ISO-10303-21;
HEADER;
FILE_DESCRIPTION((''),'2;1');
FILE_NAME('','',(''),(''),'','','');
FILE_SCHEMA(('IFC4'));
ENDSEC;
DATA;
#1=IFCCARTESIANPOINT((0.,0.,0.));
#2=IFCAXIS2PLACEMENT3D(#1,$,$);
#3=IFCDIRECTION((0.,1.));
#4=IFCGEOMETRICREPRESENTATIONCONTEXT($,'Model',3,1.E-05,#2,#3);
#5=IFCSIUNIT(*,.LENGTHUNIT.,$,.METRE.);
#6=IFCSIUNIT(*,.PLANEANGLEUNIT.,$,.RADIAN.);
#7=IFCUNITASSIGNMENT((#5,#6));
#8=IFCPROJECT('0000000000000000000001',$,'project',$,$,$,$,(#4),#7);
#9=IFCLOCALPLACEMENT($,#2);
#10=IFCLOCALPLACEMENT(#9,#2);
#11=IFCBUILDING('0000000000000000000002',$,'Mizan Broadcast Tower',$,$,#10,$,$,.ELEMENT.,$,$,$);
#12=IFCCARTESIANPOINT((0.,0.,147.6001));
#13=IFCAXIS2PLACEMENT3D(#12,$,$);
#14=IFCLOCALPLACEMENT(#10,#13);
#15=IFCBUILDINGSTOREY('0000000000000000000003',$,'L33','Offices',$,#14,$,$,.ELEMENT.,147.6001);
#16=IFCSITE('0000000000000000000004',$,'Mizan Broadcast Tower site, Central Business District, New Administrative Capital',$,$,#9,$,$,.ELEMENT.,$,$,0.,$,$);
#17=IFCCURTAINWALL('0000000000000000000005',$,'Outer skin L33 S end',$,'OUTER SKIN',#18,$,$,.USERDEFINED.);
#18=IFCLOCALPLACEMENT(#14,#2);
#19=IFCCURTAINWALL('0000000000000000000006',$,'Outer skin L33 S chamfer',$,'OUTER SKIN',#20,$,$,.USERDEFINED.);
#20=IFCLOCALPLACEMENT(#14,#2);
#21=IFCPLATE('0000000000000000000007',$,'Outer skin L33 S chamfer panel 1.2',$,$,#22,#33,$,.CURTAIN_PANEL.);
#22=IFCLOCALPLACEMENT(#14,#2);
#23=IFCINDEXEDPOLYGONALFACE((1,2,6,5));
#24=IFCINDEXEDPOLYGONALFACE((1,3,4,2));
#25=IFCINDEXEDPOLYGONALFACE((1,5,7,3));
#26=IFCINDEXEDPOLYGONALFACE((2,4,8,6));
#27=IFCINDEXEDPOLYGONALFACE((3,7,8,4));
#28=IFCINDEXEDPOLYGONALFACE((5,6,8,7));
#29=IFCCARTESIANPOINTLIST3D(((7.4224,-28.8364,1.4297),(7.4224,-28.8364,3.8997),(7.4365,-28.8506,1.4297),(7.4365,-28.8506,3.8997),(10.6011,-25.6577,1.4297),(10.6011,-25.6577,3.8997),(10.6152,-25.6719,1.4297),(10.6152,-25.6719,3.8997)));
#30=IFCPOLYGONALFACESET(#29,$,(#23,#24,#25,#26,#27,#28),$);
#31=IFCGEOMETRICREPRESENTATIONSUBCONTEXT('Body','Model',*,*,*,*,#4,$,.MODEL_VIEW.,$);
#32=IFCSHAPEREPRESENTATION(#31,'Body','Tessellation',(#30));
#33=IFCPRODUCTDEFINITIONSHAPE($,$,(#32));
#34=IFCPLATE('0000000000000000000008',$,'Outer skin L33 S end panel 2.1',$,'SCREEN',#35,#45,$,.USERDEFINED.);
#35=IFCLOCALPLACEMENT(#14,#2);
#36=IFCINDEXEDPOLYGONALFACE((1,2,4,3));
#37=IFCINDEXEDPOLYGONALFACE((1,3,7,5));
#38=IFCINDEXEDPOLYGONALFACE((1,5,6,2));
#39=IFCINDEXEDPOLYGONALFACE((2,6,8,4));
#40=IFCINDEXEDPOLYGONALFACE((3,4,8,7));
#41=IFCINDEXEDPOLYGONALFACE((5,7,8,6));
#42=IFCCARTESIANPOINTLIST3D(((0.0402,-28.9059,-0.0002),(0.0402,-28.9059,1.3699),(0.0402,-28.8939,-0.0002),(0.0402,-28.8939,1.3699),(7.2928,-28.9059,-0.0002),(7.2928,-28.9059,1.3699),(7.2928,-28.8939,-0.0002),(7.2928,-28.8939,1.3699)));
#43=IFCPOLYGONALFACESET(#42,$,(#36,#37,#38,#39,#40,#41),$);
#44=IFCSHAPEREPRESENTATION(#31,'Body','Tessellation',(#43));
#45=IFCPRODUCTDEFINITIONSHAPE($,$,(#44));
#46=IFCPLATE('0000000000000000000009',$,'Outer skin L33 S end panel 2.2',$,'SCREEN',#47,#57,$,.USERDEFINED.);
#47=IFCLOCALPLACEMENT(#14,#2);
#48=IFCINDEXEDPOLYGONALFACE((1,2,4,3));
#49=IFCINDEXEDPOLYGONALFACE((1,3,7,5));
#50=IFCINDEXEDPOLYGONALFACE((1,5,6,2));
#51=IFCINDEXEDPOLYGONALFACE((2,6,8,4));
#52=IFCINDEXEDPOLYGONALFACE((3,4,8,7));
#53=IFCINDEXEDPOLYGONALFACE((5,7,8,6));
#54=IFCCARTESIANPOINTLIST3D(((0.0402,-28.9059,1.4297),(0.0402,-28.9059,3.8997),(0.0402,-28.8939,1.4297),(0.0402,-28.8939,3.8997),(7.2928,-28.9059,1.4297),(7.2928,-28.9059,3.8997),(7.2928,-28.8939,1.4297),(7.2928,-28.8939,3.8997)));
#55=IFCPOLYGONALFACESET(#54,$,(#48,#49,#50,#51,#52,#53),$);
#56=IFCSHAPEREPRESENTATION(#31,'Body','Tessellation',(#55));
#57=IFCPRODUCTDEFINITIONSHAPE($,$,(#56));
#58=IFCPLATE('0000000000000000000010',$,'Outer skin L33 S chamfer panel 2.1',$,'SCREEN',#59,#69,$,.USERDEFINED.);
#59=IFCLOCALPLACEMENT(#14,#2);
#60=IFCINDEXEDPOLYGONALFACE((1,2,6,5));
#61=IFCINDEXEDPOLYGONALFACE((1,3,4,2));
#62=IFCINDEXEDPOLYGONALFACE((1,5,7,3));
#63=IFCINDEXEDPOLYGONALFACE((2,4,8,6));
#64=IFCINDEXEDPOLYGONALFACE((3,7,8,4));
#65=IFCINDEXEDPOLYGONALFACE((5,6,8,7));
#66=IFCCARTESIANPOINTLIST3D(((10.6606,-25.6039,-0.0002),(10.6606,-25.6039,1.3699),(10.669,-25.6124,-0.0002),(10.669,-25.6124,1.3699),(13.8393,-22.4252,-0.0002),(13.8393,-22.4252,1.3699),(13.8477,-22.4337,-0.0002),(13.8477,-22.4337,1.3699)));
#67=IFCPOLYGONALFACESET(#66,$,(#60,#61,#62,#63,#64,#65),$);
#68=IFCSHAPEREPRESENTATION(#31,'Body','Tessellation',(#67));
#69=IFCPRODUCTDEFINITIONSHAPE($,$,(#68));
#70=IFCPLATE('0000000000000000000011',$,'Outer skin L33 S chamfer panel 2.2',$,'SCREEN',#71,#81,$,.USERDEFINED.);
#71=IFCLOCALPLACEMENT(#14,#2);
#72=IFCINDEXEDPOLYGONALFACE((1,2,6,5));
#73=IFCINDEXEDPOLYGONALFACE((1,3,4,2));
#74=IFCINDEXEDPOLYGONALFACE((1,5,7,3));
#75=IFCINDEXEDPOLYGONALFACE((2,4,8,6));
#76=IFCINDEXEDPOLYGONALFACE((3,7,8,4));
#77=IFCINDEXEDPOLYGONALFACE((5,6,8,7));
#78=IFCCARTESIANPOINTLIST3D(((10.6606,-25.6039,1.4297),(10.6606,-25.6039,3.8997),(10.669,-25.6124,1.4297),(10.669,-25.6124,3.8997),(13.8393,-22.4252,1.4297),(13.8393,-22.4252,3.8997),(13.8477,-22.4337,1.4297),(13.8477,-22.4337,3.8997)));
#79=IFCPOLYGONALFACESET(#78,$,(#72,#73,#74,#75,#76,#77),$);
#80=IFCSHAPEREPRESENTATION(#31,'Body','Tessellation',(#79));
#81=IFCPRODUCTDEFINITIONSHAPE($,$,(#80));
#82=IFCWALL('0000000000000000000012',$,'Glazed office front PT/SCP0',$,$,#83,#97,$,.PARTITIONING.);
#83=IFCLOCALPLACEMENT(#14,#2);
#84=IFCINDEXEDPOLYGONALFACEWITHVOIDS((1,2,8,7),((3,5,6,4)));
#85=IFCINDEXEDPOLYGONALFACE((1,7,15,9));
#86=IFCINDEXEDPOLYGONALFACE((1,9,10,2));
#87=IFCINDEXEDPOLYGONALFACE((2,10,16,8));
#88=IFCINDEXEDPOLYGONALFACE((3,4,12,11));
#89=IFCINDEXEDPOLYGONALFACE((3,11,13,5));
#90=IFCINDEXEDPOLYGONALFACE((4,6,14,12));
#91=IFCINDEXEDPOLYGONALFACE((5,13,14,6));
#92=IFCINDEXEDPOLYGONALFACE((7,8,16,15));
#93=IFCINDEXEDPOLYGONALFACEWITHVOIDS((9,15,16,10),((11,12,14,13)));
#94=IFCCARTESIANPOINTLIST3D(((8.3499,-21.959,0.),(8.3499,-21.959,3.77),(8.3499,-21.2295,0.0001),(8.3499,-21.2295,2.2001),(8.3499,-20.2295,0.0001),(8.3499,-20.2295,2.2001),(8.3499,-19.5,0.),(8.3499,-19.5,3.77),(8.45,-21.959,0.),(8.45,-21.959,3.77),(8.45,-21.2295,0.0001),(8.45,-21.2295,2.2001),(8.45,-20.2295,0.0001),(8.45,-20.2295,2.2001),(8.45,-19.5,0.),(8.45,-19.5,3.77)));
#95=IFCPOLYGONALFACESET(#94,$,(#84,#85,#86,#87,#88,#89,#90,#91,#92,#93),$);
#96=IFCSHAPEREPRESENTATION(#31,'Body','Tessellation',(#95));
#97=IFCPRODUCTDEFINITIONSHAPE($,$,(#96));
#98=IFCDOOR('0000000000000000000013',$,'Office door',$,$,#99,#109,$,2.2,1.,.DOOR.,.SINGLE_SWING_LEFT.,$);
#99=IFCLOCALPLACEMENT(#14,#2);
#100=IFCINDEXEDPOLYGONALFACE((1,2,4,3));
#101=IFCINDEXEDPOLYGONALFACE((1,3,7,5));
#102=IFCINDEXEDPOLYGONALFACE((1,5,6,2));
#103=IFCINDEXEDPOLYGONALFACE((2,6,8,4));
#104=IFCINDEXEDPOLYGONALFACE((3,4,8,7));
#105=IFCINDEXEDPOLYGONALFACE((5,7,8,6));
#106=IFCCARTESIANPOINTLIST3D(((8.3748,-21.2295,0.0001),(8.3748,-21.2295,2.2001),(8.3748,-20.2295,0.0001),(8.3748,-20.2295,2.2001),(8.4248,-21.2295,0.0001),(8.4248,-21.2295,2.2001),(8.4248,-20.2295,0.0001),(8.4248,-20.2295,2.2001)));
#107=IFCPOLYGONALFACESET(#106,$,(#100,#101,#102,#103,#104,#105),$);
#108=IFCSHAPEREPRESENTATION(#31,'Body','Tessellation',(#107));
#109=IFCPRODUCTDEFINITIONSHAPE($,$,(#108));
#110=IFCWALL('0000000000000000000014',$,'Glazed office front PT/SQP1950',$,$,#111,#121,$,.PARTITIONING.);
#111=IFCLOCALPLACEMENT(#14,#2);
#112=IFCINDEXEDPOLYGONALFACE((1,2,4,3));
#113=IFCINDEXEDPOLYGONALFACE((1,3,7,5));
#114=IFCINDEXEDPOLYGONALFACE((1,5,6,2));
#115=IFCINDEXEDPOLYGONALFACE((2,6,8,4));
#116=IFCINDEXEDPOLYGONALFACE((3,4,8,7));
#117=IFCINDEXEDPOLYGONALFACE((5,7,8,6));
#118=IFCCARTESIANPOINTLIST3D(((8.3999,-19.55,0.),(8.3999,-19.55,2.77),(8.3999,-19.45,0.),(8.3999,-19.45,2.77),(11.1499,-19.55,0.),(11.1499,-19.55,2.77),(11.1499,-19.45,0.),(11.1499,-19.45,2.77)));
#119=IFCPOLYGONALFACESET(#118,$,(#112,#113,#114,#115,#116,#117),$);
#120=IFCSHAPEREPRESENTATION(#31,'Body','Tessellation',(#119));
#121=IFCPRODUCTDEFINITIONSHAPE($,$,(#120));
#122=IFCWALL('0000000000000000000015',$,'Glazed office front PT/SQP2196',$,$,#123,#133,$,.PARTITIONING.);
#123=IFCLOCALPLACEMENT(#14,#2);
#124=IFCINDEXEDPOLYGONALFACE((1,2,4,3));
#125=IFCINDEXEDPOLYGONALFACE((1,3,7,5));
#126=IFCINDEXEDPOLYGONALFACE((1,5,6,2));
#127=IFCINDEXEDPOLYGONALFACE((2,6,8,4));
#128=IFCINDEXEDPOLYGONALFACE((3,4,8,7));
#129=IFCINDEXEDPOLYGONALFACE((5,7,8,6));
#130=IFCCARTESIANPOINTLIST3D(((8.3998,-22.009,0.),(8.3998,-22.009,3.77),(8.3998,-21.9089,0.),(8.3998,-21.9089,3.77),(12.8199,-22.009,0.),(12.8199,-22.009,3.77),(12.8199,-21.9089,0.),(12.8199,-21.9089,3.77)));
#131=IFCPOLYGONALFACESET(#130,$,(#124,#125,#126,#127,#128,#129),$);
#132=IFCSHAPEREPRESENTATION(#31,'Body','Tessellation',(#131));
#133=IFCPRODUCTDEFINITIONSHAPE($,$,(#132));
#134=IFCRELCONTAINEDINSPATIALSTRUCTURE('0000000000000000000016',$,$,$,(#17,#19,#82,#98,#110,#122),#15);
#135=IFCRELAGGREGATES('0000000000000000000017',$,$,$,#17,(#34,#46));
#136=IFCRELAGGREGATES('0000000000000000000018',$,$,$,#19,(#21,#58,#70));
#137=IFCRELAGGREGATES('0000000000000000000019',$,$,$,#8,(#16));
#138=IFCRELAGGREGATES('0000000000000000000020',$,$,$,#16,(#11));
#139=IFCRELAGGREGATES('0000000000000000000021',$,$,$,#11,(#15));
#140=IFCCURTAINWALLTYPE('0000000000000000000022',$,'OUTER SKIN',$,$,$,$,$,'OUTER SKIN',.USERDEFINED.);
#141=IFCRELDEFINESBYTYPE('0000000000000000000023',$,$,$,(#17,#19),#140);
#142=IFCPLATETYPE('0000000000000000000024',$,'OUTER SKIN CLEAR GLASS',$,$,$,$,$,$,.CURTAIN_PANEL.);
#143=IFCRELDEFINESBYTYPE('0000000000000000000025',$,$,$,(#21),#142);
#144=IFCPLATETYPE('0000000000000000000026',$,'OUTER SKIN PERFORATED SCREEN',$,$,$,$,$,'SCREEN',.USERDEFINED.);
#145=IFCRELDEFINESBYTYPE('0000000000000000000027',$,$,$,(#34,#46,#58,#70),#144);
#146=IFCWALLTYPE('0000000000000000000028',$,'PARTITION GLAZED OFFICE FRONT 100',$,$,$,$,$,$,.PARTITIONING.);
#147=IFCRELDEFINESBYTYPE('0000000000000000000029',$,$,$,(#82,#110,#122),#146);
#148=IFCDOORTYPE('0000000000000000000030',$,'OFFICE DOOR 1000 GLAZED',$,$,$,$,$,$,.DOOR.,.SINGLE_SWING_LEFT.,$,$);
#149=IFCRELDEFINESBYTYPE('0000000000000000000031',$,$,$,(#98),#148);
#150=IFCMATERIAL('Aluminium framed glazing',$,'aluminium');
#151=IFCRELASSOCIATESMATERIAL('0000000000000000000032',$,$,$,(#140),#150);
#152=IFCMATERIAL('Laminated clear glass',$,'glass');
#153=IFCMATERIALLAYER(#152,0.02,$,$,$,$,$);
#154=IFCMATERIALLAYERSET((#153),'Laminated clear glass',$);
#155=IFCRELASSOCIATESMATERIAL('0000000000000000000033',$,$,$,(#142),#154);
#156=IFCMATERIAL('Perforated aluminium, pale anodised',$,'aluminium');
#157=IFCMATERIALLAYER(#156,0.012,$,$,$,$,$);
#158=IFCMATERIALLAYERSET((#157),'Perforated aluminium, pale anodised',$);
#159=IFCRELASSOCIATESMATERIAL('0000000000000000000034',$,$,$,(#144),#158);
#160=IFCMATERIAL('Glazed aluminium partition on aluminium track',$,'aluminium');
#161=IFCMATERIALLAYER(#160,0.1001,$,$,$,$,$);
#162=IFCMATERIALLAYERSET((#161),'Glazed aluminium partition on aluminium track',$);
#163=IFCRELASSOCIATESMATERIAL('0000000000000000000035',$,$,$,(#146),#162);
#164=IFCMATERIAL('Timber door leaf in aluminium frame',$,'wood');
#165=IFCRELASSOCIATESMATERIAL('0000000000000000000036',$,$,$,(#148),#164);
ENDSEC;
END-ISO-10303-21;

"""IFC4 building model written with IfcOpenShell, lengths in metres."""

from ifc_helpers import new_model, si_unit, direction, frame, frame_2d, origin, origin_2d, place, context, subcontext, project, spatial, rectangle, extrude, material, layer, layer_set, type_object, element, fill, aggregate, save


model = new_model("IFC4")

# Units and contexts
model_context = context("Model", 3, precision=1e-05, world=origin(), true_north=direction((0.0, 1.0)))
body_context = subcontext(model_context, "Body", "Model", "MODEL_VIEW")
ifc_project = project(units=[si_unit("LENGTHUNIT", "METRE"), si_unit("PLANEANGLEUNIT", "RADIAN")], contexts=[model_context])

# Site, building, storey
site_placement = place(None, origin())
site = spatial("IfcSite", under=ifc_project, at=site_placement, Name="Mizan Broadcast Tower site, Central Business District, New Administrative Capital", CompositionType="ELEMENT", RefElevation=0.0)
building_placement = place(site_placement, origin())
building = spatial("IfcBuilding", under=site, at=building_placement, Name="Mizan Broadcast Tower", CompositionType="ELEMENT")
storey_placement = place(building_placement, frame((0.0, 0.0, 147.6001)))
storey = spatial("IfcBuildingStorey", under=building, at=storey_placement, Name="L33", Description="Offices", CompositionType="ELEMENT", Elevation=147.6001)

# Curtain wall
ifc_material_1 = material(Name="Aluminium framed glazing", Category="aluminium")
curtain_wall_type_1 = type_object("IfcCurtainWallType", Name="OUTER SKIN", ElementType="OUTER SKIN", PredefinedType="USERDEFINED", material=ifc_material_1)
curtain_wall_1_placement = place(storey_placement, origin())
curtain_wall_1 = element("IfcCurtainWall", 1, at=curtain_wall_1_placement, inside=storey, type_object=curtain_wall_type_1, Name="Outer skin L33 S end", ObjectType="OUTER SKIN", PredefinedType="USERDEFINED")

# Curtain wall
curtain_wall_2_placement = place(storey_placement, origin())
curtain_wall_2 = element("IfcCurtainWall", 2, at=curtain_wall_2_placement, inside=storey, type_object=curtain_wall_type_1, Name="Outer skin L33 S chamfer", ObjectType="OUTER SKIN", PredefinedType="USERDEFINED")

# Plates
ifc_material_2 = material(Name="Laminated clear glass", Category="glass")
ifc_layer_1 = layer(ifc_material_2, 0.02)
ifc_layer_set_1 = layer_set([ifc_layer_1], Name="Laminated clear glass")
plate_type_1 = type_object("IfcPlateType", Name="OUTER SKIN CLEAR GLASS", PredefinedType="CURTAIN_PANEL", material=ifc_layer_set_1)
plate_1_placement = place(storey_placement, frame((9.0188, -27.2542, 1.4297), z_axis=(0.0, 0.0, 1.0), x_axis=(0.707107, 0.707107, 0.0)))
plate_1 = element("IfcPlate", 3, at=plate_1_placement, type_object=plate_type_1, Name="Outer skin L33 S chamfer panel 1.2", PredefinedType="CURTAIN_PANEL", context=body_context, shape_type="SweptSolid", body=[
    extrude(rectangle(XDim=4.4954, YDim=0.02, at=origin_2d()), origin(), (0.0, 0.0, 1.0), 2.47),
])
ifc_material_3 = material(Name="Perforated aluminium, pale anodised", Category="aluminium")
ifc_layer_2 = layer(ifc_material_3, 0.012)
ifc_layer_set_2 = layer_set([ifc_layer_2], Name="Perforated aluminium, pale anodised")
plate_type_2 = type_object("IfcPlateType", Name="OUTER SKIN PERFORATED SCREEN", ElementType="SCREEN", PredefinedType="USERDEFINED", material=ifc_layer_set_2)
plate_2_placement = place(storey_placement, frame((3.6665, -28.8999, -0.0002), z_axis=(0.0, 0.0, 1.0), x_axis=(1.0, 0.0, 0.0)))
plate_2 = element("IfcPlate", 4, at=plate_2_placement, type_object=plate_type_2, Name="Outer skin L33 S end panel 2.1", ObjectType="SCREEN", PredefinedType="USERDEFINED", context=body_context, shape_type="SweptSolid", body=[
    extrude(rectangle(XDim=7.2527, YDim=0.012, at=origin_2d()), origin(), (0.0, 0.0, 1.0), 1.3701),
])
plate_3_placement = place(storey_placement, frame((3.6665, -28.8999, 1.4297), z_axis=(0.0, 0.0, 1.0), x_axis=(1.0, 0.0, 0.0)))
plate_3 = element("IfcPlate", 5, at=plate_3_placement, type_object=plate_type_2, Name="Outer skin L33 S end panel 2.2", ObjectType="SCREEN", PredefinedType="USERDEFINED", context=body_context, shape_type="SweptSolid", body=[
    extrude(rectangle(XDim=7.2527, YDim=0.012, at=origin_2d()), origin(), (0.0, 0.0, 1.0), 2.47),
])
aggregate(curtain_wall_1, [plate_2, plate_3])
plate_4_placement = place(storey_placement, frame((12.2542, -24.0188, -0.0002), z_axis=(0.0, 0.0, 1.0), x_axis=(0.707107, 0.707107, 0.0)))
plate_4 = element("IfcPlate", 6, at=plate_4_placement, type_object=plate_type_2, Name="Outer skin L33 S chamfer panel 2.1", ObjectType="SCREEN", PredefinedType="USERDEFINED", context=body_context, shape_type="SweptSolid", body=[
    extrude(rectangle(XDim=4.4954, YDim=0.012, at=origin_2d()), origin(), (0.0, 0.0, 1.0), 1.3701),
])
plate_5_placement = place(storey_placement, frame((12.2542, -24.0188, 1.4297), z_axis=(0.0, 0.0, 1.0), x_axis=(0.707107, 0.707107, 0.0)))
plate_5 = element("IfcPlate", 7, at=plate_5_placement, type_object=plate_type_2, Name="Outer skin L33 S chamfer panel 2.2", ObjectType="SCREEN", PredefinedType="USERDEFINED", context=body_context, shape_type="SweptSolid", body=[
    extrude(rectangle(XDim=4.4954, YDim=0.012, at=origin_2d()), origin(), (0.0, 0.0, 1.0), 2.47),
])
aggregate(curtain_wall_2, [plate_1, plate_4, plate_5])

# Wall, opening, door
ifc_material_4 = material(Name="Glazed aluminium partition on aluminium track", Category="aluminium")
ifc_layer_3 = layer(ifc_material_4, 0.1001)
ifc_layer_set_3 = layer_set([ifc_layer_3], Name="Glazed aluminium partition on aluminium track")
wall_type = type_object("IfcWallType", Name="PARTITION GLAZED OFFICE FRONT 100", PredefinedType="PARTITIONING", material=ifc_layer_set_3)
wall_1_placement = place(storey_placement, frame((8.3999, -19.5, 0.0), z_axis=(0.0, 0.0, 1.0), x_axis=(0.0, -1.0, 0.0)))
wall_1 = element("IfcWall", 8, at=wall_1_placement, inside=storey, type_object=wall_type, Name="Glazed office front PT/SCP0", PredefinedType="PARTITIONING", context=body_context, shape_type="SweptSolid", body=[
    extrude(rectangle(XDim=2.459, YDim=0.1001, at=frame_2d((1.2295, 0.0))), origin(), (0.0, 0.0, 1.0), 3.77),
])
opening_placement = place(wall_1_placement, frame((0.7295, 0.0, 0.0)))
opening = element("IfcOpeningElement", 9, at=opening_placement, cuts=wall_1, PredefinedType="OPENING", context=body_context, shape_type="SweptSolid", body=[
    extrude(rectangle(XDim=1.0, YDim=2.2, at=frame_2d((0.5, 1.1001))), frame((0.0, 0.0601, 0.0), z_axis=(0.0, -1.0, 0.0), x_axis=(1.0, 0.0, 0.0)), (0.0, 0.0, 1.0), 0.1201),
])
ifc_material_5 = material(Name="Timber door leaf in aluminium frame", Category="wood")
door_type = type_object("IfcDoorType", Name="OFFICE DOOR 1000 GLAZED", OperationType="SINGLE_SWING_LEFT", PredefinedType="DOOR", material=ifc_material_5)
door_placement = place(opening_placement, origin())
door = element("IfcDoor", 10, at=door_placement, inside=storey, type_object=door_type, Name="Office door", OperationType="SINGLE_SWING_LEFT", OverallHeight=2.2, OverallWidth=1.0, PredefinedType="DOOR", context=body_context, shape_type="SweptSolid", body=[
    extrude(rectangle(XDim=1.0, YDim=2.2, at=frame_2d((0.5, 1.1001))), frame((0.0, 0.0249, 0.0), z_axis=(0.0, -1.0, 0.0), x_axis=(1.0, 0.0, 0.0)), (0.0, 0.0, 1.0), 0.05),
])
fill(opening, door)

# Walls
wall_2_placement = place(storey_placement, frame((8.3999, -19.5, 0.0), z_axis=(0.0, 0.0, 1.0), x_axis=(1.0, 0.0, 0.0)))
element("IfcWall", 11, at=wall_2_placement, inside=storey, type_object=wall_type, Name="Glazed office front PT/SQP1950", PredefinedType="PARTITIONING", context=body_context, shape_type="SweptSolid", body=[
    extrude(rectangle(XDim=2.75, YDim=0.1001, at=frame_2d((1.375, 0.0))), origin(), (0.0, 0.0, 1.0), 2.77),
])
wall_3_placement = place(storey_placement, frame((8.3999, -21.959, 0.0), z_axis=(0.0, 0.0, 1.0), x_axis=(1.0, 0.0, 0.0)))
element("IfcWall", 12, at=wall_3_placement, inside=storey, type_object=wall_type, Name="Glazed office front PT/SQP2196", PredefinedType="PARTITIONING", context=body_context, shape_type="SweptSolid", body=[
    extrude(rectangle(XDim=4.4202, YDim=0.1001, at=frame_2d((2.21, 0.0))), origin(), (0.0, 0.0, 1.0), 3.77),
])

save(model, "model.ifc")
